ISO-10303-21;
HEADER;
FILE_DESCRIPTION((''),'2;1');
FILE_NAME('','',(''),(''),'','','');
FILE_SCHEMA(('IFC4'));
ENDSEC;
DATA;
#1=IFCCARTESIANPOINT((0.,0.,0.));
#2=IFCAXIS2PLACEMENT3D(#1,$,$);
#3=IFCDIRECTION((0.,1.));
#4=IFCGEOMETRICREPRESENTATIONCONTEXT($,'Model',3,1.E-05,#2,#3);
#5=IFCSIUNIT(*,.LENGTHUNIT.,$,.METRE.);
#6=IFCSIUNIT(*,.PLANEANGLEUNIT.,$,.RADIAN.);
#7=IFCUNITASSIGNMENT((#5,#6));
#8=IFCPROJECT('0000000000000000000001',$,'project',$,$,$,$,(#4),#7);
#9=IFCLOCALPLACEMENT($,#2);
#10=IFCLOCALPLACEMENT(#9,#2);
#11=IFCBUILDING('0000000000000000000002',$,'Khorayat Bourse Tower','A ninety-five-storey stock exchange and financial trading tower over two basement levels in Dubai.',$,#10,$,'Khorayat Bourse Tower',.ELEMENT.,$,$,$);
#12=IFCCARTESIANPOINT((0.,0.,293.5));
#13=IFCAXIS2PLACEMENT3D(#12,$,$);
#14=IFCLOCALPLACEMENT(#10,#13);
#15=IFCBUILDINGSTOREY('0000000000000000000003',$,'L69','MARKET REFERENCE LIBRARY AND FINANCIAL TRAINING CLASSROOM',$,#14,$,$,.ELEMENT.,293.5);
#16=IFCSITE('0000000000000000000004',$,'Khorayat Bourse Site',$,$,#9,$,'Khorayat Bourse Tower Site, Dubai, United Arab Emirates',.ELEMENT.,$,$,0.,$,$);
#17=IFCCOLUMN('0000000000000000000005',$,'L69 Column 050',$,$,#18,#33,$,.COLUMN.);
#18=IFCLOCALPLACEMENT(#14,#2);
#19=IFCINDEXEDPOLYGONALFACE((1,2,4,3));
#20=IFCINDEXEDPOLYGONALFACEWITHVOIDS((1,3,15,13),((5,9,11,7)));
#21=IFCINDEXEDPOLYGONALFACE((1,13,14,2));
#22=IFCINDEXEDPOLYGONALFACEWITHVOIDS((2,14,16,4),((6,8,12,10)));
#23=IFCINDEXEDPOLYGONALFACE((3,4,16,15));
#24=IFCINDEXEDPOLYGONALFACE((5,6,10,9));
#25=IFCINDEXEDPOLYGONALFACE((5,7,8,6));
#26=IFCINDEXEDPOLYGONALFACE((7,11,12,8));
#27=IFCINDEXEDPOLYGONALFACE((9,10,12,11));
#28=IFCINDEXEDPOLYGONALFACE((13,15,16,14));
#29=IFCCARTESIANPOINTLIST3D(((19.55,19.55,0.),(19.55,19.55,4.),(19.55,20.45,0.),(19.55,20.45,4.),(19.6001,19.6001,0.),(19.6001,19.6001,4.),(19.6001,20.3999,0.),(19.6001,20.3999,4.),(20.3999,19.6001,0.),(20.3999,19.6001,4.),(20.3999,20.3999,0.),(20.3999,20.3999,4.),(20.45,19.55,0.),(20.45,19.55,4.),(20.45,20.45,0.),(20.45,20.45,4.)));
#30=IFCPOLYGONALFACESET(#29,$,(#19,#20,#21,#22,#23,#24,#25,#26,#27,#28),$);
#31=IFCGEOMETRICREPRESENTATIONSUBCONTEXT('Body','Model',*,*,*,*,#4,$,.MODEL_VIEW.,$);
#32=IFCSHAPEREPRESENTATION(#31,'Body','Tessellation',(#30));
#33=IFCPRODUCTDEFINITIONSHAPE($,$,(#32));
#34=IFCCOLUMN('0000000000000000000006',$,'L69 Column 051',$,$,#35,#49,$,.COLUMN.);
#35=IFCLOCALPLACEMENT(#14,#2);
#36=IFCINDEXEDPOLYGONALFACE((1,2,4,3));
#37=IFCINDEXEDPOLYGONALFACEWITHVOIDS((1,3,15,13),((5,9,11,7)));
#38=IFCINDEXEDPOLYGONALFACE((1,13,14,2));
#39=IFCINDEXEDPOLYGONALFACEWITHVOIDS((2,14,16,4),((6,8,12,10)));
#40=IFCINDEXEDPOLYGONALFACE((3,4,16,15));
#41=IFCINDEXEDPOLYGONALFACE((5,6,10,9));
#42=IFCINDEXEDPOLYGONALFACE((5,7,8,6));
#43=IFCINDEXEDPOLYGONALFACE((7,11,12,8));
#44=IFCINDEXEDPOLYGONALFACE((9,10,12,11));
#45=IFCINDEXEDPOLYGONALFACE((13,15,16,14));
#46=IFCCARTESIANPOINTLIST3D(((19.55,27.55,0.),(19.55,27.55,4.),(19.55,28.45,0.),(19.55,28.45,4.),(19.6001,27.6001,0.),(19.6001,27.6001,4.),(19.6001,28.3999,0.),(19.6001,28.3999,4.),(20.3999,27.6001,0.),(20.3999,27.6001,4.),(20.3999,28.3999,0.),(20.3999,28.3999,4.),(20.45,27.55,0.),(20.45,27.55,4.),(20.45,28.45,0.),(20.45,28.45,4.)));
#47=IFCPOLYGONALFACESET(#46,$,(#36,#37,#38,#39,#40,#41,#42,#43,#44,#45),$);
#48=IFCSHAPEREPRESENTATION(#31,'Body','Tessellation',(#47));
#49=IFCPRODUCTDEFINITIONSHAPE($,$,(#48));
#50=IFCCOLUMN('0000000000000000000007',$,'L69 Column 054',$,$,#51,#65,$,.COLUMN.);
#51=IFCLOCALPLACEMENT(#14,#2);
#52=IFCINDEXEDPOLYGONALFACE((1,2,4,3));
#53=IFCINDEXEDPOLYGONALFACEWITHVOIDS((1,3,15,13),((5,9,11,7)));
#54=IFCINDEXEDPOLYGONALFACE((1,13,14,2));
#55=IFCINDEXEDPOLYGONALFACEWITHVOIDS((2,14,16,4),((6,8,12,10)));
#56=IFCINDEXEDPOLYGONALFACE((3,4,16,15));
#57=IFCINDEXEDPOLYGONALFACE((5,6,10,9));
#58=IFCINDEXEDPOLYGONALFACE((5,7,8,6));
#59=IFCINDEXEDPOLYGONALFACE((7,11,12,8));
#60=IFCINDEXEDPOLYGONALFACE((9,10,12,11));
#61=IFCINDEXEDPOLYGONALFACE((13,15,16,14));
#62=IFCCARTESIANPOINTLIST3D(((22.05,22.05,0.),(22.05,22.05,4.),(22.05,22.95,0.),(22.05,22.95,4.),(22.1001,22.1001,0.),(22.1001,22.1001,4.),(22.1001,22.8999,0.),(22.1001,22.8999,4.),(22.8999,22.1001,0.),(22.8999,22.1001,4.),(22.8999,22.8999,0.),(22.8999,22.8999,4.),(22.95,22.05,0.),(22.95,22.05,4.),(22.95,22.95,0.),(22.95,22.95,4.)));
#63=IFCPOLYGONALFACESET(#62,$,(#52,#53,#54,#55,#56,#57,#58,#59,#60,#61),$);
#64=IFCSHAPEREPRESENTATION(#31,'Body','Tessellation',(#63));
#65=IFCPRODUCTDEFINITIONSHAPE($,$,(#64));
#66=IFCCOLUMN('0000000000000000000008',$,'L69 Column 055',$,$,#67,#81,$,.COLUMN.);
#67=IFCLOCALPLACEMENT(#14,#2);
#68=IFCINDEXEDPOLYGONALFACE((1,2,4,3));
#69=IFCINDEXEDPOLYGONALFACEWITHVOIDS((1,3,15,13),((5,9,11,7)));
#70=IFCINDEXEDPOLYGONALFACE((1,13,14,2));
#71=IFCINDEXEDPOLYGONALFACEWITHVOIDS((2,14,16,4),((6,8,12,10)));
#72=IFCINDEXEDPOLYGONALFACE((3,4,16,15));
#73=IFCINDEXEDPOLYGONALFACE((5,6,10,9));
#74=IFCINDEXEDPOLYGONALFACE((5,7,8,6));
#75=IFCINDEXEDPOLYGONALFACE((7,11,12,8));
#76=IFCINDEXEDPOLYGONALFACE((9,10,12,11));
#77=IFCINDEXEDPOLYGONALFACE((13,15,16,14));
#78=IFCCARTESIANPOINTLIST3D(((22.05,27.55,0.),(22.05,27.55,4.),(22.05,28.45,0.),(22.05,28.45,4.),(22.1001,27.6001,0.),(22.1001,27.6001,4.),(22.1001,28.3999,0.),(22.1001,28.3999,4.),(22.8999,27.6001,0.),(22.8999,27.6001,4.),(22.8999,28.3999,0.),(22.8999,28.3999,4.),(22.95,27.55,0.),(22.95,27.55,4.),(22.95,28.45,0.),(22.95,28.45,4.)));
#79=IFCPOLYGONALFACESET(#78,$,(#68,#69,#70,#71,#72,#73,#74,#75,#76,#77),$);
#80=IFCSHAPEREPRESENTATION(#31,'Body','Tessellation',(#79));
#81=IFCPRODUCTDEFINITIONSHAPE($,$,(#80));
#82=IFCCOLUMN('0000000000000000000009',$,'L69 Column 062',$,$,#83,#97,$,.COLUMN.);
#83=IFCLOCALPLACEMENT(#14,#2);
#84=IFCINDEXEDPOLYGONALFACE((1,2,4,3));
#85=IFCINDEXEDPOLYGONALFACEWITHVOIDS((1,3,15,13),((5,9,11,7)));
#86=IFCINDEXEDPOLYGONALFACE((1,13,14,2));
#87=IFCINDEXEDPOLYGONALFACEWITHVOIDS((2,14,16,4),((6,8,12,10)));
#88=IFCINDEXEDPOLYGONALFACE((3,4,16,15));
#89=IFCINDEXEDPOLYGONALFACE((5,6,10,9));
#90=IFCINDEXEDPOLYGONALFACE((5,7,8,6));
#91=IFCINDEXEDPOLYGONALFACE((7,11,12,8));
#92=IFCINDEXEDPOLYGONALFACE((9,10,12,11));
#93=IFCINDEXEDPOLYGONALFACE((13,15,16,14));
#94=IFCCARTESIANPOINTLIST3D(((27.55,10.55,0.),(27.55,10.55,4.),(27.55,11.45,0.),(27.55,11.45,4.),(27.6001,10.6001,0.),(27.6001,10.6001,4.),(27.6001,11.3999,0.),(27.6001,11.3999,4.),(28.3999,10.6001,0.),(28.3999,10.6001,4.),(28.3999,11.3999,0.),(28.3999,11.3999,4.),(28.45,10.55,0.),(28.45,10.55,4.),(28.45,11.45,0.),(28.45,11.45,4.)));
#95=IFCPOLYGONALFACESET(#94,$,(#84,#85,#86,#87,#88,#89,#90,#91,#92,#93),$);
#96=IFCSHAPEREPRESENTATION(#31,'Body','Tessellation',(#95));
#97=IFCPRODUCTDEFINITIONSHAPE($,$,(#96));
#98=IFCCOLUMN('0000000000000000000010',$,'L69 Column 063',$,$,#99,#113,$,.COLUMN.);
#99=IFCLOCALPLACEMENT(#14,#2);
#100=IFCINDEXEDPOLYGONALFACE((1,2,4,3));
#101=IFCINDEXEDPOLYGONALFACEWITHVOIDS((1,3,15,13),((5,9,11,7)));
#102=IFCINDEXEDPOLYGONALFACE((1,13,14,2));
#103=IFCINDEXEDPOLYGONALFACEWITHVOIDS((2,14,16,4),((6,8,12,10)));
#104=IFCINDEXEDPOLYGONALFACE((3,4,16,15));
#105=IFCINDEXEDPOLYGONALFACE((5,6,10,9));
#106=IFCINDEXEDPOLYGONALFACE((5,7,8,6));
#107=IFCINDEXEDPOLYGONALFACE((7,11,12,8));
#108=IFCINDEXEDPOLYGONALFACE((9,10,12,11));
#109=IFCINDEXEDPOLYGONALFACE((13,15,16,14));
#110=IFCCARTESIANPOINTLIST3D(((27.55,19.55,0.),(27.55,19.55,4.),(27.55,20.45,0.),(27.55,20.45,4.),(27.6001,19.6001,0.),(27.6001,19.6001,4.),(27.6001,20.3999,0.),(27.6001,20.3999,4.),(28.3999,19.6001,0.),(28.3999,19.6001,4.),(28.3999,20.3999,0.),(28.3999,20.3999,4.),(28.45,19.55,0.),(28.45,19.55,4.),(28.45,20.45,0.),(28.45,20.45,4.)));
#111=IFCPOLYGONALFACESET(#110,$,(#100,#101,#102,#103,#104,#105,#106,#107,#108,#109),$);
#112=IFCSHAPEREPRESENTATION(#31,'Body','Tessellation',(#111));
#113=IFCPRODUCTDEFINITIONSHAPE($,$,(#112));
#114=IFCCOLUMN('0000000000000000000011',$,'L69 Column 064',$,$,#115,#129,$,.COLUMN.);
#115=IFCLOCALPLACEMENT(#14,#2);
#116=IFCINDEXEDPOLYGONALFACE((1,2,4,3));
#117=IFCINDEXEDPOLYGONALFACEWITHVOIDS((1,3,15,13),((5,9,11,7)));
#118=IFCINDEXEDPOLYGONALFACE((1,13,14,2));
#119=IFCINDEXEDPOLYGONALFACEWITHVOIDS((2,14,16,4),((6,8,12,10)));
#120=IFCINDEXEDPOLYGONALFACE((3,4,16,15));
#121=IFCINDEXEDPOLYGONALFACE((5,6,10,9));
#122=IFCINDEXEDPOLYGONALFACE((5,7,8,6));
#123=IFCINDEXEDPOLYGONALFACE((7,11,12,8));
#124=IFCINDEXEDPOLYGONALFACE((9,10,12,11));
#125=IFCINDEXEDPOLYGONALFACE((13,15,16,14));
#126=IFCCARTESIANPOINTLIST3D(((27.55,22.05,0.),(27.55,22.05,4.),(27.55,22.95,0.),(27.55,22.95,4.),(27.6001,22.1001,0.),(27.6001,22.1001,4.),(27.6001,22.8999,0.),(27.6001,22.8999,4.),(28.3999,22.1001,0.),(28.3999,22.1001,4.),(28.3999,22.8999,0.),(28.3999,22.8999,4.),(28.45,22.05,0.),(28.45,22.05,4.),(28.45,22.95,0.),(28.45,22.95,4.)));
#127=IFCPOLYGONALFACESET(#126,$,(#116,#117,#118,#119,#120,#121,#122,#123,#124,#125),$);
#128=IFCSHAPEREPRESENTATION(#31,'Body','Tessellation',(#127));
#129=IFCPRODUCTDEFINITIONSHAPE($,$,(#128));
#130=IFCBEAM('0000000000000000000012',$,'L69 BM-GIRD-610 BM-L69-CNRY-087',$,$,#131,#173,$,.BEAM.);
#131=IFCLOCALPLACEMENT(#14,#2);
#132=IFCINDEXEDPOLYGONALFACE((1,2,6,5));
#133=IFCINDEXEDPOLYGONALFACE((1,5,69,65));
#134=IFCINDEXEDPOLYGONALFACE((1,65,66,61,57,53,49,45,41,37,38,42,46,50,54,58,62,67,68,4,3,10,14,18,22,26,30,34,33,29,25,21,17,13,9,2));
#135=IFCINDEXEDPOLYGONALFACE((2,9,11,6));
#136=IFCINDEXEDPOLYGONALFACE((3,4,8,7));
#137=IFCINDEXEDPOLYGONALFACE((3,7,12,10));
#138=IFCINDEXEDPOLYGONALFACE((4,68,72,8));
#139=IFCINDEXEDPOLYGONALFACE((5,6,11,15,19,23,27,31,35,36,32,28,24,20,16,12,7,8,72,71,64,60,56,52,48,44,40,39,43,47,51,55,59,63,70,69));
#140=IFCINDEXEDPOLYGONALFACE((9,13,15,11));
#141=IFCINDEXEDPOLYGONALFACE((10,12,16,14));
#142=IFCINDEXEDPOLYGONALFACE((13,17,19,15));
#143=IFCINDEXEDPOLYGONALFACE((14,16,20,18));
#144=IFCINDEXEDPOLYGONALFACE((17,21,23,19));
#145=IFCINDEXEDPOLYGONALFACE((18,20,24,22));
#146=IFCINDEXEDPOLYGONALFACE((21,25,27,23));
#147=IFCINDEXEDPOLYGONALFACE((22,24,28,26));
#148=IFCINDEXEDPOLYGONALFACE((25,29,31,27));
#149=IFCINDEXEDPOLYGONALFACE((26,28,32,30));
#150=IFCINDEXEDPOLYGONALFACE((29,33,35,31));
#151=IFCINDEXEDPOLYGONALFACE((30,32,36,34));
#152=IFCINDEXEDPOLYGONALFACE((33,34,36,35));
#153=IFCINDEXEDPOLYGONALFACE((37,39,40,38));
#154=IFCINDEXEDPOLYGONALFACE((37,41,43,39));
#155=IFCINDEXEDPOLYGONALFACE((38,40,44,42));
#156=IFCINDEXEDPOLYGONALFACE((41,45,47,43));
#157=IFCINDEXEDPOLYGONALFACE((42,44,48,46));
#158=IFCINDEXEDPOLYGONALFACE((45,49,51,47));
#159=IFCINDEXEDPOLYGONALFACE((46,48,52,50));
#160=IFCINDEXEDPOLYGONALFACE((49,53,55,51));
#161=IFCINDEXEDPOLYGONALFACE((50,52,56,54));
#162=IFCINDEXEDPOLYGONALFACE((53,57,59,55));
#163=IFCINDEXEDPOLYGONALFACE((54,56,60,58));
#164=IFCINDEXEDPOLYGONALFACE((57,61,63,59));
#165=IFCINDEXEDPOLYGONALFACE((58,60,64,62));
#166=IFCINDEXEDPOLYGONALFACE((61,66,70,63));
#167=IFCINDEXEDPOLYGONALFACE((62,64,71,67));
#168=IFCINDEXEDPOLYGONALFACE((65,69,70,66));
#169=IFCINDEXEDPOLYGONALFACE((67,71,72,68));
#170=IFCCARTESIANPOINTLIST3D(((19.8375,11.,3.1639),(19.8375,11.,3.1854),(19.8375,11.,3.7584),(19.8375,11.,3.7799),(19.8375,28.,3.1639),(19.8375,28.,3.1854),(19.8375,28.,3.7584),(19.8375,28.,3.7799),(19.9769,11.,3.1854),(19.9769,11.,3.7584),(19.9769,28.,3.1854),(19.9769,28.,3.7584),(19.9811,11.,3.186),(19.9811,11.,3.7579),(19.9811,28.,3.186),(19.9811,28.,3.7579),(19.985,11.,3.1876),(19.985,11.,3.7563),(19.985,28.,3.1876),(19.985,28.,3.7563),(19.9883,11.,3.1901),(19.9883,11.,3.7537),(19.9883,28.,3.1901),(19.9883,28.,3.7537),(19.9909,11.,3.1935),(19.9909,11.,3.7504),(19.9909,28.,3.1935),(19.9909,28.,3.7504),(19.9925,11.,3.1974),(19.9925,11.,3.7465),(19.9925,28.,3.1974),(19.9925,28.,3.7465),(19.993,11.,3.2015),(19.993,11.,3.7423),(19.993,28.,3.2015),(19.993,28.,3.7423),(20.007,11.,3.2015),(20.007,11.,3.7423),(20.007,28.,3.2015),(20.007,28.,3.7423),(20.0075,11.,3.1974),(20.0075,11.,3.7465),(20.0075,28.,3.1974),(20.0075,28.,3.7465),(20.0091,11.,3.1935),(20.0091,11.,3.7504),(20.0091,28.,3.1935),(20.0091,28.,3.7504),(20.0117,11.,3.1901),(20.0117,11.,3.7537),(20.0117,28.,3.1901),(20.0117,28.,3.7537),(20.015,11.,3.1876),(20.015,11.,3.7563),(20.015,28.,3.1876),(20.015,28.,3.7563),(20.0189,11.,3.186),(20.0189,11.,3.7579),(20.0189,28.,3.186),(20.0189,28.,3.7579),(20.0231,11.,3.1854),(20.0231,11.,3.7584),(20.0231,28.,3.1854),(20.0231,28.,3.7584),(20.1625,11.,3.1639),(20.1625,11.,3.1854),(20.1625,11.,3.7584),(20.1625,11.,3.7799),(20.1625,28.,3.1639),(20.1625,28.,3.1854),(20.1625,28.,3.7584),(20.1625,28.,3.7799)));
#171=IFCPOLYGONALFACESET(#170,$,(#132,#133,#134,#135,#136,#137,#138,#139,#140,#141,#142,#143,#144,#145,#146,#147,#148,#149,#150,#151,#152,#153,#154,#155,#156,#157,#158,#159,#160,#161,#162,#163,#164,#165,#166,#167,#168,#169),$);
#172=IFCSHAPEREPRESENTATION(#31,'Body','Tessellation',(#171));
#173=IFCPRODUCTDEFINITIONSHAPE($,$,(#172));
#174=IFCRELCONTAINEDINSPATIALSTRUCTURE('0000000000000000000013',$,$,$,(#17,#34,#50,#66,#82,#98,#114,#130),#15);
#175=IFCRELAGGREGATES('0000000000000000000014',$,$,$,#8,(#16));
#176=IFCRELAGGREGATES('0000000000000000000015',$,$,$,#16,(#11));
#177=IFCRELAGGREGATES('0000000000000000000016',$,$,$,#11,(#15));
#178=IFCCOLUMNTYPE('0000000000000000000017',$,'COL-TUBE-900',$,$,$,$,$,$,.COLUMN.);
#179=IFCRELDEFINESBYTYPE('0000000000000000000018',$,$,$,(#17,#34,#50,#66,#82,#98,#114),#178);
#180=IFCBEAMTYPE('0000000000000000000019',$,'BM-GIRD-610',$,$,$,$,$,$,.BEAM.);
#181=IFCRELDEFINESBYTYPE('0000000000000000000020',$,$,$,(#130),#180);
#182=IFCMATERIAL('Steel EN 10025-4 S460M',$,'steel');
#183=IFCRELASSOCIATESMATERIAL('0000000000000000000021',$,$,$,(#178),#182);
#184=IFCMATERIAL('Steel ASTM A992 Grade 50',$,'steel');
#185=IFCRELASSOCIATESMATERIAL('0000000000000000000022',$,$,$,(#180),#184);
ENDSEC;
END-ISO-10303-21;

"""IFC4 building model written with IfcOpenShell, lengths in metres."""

from ifc_helpers import new_model, si_unit, direction, frame, origin, origin_2d, place, context, subcontext, project, spatial, hollow_rectangle, i_section, extrude, source, transform, mapped, material, material_profile, profile_set, type_object, element, save


model = new_model("IFC4")

# Units and contexts
model_context = context("Model", 3, precision=1e-05, world=origin(), true_north=direction((0.0, 1.0)))
body_context = subcontext(model_context, "Body", "Model", "MODEL_VIEW")
ifc_project = project(units=[si_unit("LENGTHUNIT", "METRE"), si_unit("PLANEANGLEUNIT", "RADIAN")], contexts=[model_context])

# Site, building, storey
site_placement = place(None, origin())
site = spatial("IfcSite", under=ifc_project, at=site_placement, Name="Khorayat Bourse Site", LongName="Khorayat Bourse Tower Site, Dubai, United Arab Emirates", CompositionType="ELEMENT", RefElevation=0.0)
building_placement = place(site_placement, origin())
building = spatial("IfcBuilding", under=site, at=building_placement, Name="Khorayat Bourse Tower", Description="A ninety-five-storey stock exchange and financial trading tower over two basement levels in Dubai.", LongName="Khorayat Bourse Tower", CompositionType="ELEMENT")
storey_placement = place(building_placement, frame((0.0, 0.0, 293.5)))
storey = spatial("IfcBuildingStorey", under=building, at=storey_placement, Name="L69", Description="MARKET REFERENCE LIBRARY AND FINANCIAL TRAINING CLASSROOM", CompositionType="ELEMENT", Elevation=293.5)

# Columns
ifc_material_1 = material(Name="Steel EN 10025-4 S460M", Category="steel")
ifc_material_profile_1 = material_profile(ifc_material_1, hollow_rectangle(XDim=0.8999, YDim=0.8999, WallThickness=0.05, at=origin_2d()), Name="BOX 900x900x50")
ifc_profile_set_1 = profile_set([ifc_material_profile_1], Name="Steel EN 10025-4 S460M")
column_type = type_object("IfcColumnType", Name="COL-TUBE-900", PredefinedType="COLUMN", material=ifc_profile_set_1)
shared_shape_1 = source(origin(), body_context, "Body", "SweptSolid", [
    extrude(hollow_rectangle(XDim=0.8999, YDim=0.8999, WallThickness=0.05, at=origin_2d()), origin(), (0.0, 0.0, 1.0), 4.0),
])
for number, where, z_axis, x_axis, name in (
    (1, (20.0, 20.0, 0.0), (0.0, 0.0, 1.0), (1.0, 0.0, 0.0), "L69 Column 050"),
    (2, (20.0, 28.0, 0.0), (0.0, 0.0, 1.0), (1.0, 0.0, 0.0), "L69 Column 051"),
    (3, (22.5, 22.5, 0.0), (0.0, 0.0, 1.0), (1.0, 0.0, 0.0), "L69 Column 054"),
    (4, (22.5, 28.0, 0.0), (0.0, 0.0, 1.0), (1.0, 0.0, 0.0), "L69 Column 055"),
    (5, (28.0, 11.0, 0.0), (0.0, 0.0, 1.0), (1.0, 0.0, 0.0), "L69 Column 062"),
    (6, (28.0, 20.0, 0.0), (0.0, 0.0, 1.0), (1.0, 0.0, 0.0), "L69 Column 063"),
    (7, (28.0, 22.5, 0.0), (0.0, 0.0, 1.0), (1.0, 0.0, 0.0), "L69 Column 064"),
):
    element("IfcColumn", number, at=place(storey_placement, frame(where, z_axis=z_axis, x_axis=x_axis)), inside=storey, type_object=column_type, Name=name, PredefinedType="COLUMN", context=body_context, shape_type="MappedRepresentation", body=[
        mapped(shared_shape_1, transform((0.0, 0.0, 0.0), scale=1.0)),
    ])

# Beam
ifc_material_2 = material(Name="Steel ASTM A992 Grade 50", Category="steel")
ifc_material_profile_2 = material_profile(ifc_material_2, i_section(OverallWidth=0.325, OverallDepth=0.616, WebThickness=0.0139, FlangeThickness=0.0215, FilletRadius=0.0161, at=origin_2d()), Name="W610X174")
ifc_profile_set_2 = profile_set([ifc_material_profile_2], Name="Steel ASTM A992 Grade 50")
beam_type_1 = type_object("IfcBeamType", Name="BM-GIRD-610", PredefinedType="BEAM", material=ifc_profile_set_2)
shared_shape_2 = source(origin(), body_context, "Body", "SweptSolid", [
    extrude(i_section(OverallWidth=0.325, OverallDepth=0.616, WebThickness=0.0139, FlangeThickness=0.0215, FilletRadius=0.0161, at=origin_2d()), origin(), (0.0, 0.0, 1.0), 17.0),
])
beam_1_placement = place(storey_placement, frame((20.0, 11.0, 3.4719), z_axis=(0.0, 1.0, 0.0), x_axis=(-1.0, 0.0, 0.0)))
element("IfcBeam", 8, at=beam_1_placement, inside=storey, type_object=beam_type_1, Name="L69 BM-GIRD-610 BM-L69-CNRY-087", PredefinedType="BEAM", context=body_context, shape_type="MappedRepresentation", body=[
    mapped(shared_shape_2, transform((0.0, 0.0, 0.0), scale=1.0)),
])

save(model, "model.ifc")
